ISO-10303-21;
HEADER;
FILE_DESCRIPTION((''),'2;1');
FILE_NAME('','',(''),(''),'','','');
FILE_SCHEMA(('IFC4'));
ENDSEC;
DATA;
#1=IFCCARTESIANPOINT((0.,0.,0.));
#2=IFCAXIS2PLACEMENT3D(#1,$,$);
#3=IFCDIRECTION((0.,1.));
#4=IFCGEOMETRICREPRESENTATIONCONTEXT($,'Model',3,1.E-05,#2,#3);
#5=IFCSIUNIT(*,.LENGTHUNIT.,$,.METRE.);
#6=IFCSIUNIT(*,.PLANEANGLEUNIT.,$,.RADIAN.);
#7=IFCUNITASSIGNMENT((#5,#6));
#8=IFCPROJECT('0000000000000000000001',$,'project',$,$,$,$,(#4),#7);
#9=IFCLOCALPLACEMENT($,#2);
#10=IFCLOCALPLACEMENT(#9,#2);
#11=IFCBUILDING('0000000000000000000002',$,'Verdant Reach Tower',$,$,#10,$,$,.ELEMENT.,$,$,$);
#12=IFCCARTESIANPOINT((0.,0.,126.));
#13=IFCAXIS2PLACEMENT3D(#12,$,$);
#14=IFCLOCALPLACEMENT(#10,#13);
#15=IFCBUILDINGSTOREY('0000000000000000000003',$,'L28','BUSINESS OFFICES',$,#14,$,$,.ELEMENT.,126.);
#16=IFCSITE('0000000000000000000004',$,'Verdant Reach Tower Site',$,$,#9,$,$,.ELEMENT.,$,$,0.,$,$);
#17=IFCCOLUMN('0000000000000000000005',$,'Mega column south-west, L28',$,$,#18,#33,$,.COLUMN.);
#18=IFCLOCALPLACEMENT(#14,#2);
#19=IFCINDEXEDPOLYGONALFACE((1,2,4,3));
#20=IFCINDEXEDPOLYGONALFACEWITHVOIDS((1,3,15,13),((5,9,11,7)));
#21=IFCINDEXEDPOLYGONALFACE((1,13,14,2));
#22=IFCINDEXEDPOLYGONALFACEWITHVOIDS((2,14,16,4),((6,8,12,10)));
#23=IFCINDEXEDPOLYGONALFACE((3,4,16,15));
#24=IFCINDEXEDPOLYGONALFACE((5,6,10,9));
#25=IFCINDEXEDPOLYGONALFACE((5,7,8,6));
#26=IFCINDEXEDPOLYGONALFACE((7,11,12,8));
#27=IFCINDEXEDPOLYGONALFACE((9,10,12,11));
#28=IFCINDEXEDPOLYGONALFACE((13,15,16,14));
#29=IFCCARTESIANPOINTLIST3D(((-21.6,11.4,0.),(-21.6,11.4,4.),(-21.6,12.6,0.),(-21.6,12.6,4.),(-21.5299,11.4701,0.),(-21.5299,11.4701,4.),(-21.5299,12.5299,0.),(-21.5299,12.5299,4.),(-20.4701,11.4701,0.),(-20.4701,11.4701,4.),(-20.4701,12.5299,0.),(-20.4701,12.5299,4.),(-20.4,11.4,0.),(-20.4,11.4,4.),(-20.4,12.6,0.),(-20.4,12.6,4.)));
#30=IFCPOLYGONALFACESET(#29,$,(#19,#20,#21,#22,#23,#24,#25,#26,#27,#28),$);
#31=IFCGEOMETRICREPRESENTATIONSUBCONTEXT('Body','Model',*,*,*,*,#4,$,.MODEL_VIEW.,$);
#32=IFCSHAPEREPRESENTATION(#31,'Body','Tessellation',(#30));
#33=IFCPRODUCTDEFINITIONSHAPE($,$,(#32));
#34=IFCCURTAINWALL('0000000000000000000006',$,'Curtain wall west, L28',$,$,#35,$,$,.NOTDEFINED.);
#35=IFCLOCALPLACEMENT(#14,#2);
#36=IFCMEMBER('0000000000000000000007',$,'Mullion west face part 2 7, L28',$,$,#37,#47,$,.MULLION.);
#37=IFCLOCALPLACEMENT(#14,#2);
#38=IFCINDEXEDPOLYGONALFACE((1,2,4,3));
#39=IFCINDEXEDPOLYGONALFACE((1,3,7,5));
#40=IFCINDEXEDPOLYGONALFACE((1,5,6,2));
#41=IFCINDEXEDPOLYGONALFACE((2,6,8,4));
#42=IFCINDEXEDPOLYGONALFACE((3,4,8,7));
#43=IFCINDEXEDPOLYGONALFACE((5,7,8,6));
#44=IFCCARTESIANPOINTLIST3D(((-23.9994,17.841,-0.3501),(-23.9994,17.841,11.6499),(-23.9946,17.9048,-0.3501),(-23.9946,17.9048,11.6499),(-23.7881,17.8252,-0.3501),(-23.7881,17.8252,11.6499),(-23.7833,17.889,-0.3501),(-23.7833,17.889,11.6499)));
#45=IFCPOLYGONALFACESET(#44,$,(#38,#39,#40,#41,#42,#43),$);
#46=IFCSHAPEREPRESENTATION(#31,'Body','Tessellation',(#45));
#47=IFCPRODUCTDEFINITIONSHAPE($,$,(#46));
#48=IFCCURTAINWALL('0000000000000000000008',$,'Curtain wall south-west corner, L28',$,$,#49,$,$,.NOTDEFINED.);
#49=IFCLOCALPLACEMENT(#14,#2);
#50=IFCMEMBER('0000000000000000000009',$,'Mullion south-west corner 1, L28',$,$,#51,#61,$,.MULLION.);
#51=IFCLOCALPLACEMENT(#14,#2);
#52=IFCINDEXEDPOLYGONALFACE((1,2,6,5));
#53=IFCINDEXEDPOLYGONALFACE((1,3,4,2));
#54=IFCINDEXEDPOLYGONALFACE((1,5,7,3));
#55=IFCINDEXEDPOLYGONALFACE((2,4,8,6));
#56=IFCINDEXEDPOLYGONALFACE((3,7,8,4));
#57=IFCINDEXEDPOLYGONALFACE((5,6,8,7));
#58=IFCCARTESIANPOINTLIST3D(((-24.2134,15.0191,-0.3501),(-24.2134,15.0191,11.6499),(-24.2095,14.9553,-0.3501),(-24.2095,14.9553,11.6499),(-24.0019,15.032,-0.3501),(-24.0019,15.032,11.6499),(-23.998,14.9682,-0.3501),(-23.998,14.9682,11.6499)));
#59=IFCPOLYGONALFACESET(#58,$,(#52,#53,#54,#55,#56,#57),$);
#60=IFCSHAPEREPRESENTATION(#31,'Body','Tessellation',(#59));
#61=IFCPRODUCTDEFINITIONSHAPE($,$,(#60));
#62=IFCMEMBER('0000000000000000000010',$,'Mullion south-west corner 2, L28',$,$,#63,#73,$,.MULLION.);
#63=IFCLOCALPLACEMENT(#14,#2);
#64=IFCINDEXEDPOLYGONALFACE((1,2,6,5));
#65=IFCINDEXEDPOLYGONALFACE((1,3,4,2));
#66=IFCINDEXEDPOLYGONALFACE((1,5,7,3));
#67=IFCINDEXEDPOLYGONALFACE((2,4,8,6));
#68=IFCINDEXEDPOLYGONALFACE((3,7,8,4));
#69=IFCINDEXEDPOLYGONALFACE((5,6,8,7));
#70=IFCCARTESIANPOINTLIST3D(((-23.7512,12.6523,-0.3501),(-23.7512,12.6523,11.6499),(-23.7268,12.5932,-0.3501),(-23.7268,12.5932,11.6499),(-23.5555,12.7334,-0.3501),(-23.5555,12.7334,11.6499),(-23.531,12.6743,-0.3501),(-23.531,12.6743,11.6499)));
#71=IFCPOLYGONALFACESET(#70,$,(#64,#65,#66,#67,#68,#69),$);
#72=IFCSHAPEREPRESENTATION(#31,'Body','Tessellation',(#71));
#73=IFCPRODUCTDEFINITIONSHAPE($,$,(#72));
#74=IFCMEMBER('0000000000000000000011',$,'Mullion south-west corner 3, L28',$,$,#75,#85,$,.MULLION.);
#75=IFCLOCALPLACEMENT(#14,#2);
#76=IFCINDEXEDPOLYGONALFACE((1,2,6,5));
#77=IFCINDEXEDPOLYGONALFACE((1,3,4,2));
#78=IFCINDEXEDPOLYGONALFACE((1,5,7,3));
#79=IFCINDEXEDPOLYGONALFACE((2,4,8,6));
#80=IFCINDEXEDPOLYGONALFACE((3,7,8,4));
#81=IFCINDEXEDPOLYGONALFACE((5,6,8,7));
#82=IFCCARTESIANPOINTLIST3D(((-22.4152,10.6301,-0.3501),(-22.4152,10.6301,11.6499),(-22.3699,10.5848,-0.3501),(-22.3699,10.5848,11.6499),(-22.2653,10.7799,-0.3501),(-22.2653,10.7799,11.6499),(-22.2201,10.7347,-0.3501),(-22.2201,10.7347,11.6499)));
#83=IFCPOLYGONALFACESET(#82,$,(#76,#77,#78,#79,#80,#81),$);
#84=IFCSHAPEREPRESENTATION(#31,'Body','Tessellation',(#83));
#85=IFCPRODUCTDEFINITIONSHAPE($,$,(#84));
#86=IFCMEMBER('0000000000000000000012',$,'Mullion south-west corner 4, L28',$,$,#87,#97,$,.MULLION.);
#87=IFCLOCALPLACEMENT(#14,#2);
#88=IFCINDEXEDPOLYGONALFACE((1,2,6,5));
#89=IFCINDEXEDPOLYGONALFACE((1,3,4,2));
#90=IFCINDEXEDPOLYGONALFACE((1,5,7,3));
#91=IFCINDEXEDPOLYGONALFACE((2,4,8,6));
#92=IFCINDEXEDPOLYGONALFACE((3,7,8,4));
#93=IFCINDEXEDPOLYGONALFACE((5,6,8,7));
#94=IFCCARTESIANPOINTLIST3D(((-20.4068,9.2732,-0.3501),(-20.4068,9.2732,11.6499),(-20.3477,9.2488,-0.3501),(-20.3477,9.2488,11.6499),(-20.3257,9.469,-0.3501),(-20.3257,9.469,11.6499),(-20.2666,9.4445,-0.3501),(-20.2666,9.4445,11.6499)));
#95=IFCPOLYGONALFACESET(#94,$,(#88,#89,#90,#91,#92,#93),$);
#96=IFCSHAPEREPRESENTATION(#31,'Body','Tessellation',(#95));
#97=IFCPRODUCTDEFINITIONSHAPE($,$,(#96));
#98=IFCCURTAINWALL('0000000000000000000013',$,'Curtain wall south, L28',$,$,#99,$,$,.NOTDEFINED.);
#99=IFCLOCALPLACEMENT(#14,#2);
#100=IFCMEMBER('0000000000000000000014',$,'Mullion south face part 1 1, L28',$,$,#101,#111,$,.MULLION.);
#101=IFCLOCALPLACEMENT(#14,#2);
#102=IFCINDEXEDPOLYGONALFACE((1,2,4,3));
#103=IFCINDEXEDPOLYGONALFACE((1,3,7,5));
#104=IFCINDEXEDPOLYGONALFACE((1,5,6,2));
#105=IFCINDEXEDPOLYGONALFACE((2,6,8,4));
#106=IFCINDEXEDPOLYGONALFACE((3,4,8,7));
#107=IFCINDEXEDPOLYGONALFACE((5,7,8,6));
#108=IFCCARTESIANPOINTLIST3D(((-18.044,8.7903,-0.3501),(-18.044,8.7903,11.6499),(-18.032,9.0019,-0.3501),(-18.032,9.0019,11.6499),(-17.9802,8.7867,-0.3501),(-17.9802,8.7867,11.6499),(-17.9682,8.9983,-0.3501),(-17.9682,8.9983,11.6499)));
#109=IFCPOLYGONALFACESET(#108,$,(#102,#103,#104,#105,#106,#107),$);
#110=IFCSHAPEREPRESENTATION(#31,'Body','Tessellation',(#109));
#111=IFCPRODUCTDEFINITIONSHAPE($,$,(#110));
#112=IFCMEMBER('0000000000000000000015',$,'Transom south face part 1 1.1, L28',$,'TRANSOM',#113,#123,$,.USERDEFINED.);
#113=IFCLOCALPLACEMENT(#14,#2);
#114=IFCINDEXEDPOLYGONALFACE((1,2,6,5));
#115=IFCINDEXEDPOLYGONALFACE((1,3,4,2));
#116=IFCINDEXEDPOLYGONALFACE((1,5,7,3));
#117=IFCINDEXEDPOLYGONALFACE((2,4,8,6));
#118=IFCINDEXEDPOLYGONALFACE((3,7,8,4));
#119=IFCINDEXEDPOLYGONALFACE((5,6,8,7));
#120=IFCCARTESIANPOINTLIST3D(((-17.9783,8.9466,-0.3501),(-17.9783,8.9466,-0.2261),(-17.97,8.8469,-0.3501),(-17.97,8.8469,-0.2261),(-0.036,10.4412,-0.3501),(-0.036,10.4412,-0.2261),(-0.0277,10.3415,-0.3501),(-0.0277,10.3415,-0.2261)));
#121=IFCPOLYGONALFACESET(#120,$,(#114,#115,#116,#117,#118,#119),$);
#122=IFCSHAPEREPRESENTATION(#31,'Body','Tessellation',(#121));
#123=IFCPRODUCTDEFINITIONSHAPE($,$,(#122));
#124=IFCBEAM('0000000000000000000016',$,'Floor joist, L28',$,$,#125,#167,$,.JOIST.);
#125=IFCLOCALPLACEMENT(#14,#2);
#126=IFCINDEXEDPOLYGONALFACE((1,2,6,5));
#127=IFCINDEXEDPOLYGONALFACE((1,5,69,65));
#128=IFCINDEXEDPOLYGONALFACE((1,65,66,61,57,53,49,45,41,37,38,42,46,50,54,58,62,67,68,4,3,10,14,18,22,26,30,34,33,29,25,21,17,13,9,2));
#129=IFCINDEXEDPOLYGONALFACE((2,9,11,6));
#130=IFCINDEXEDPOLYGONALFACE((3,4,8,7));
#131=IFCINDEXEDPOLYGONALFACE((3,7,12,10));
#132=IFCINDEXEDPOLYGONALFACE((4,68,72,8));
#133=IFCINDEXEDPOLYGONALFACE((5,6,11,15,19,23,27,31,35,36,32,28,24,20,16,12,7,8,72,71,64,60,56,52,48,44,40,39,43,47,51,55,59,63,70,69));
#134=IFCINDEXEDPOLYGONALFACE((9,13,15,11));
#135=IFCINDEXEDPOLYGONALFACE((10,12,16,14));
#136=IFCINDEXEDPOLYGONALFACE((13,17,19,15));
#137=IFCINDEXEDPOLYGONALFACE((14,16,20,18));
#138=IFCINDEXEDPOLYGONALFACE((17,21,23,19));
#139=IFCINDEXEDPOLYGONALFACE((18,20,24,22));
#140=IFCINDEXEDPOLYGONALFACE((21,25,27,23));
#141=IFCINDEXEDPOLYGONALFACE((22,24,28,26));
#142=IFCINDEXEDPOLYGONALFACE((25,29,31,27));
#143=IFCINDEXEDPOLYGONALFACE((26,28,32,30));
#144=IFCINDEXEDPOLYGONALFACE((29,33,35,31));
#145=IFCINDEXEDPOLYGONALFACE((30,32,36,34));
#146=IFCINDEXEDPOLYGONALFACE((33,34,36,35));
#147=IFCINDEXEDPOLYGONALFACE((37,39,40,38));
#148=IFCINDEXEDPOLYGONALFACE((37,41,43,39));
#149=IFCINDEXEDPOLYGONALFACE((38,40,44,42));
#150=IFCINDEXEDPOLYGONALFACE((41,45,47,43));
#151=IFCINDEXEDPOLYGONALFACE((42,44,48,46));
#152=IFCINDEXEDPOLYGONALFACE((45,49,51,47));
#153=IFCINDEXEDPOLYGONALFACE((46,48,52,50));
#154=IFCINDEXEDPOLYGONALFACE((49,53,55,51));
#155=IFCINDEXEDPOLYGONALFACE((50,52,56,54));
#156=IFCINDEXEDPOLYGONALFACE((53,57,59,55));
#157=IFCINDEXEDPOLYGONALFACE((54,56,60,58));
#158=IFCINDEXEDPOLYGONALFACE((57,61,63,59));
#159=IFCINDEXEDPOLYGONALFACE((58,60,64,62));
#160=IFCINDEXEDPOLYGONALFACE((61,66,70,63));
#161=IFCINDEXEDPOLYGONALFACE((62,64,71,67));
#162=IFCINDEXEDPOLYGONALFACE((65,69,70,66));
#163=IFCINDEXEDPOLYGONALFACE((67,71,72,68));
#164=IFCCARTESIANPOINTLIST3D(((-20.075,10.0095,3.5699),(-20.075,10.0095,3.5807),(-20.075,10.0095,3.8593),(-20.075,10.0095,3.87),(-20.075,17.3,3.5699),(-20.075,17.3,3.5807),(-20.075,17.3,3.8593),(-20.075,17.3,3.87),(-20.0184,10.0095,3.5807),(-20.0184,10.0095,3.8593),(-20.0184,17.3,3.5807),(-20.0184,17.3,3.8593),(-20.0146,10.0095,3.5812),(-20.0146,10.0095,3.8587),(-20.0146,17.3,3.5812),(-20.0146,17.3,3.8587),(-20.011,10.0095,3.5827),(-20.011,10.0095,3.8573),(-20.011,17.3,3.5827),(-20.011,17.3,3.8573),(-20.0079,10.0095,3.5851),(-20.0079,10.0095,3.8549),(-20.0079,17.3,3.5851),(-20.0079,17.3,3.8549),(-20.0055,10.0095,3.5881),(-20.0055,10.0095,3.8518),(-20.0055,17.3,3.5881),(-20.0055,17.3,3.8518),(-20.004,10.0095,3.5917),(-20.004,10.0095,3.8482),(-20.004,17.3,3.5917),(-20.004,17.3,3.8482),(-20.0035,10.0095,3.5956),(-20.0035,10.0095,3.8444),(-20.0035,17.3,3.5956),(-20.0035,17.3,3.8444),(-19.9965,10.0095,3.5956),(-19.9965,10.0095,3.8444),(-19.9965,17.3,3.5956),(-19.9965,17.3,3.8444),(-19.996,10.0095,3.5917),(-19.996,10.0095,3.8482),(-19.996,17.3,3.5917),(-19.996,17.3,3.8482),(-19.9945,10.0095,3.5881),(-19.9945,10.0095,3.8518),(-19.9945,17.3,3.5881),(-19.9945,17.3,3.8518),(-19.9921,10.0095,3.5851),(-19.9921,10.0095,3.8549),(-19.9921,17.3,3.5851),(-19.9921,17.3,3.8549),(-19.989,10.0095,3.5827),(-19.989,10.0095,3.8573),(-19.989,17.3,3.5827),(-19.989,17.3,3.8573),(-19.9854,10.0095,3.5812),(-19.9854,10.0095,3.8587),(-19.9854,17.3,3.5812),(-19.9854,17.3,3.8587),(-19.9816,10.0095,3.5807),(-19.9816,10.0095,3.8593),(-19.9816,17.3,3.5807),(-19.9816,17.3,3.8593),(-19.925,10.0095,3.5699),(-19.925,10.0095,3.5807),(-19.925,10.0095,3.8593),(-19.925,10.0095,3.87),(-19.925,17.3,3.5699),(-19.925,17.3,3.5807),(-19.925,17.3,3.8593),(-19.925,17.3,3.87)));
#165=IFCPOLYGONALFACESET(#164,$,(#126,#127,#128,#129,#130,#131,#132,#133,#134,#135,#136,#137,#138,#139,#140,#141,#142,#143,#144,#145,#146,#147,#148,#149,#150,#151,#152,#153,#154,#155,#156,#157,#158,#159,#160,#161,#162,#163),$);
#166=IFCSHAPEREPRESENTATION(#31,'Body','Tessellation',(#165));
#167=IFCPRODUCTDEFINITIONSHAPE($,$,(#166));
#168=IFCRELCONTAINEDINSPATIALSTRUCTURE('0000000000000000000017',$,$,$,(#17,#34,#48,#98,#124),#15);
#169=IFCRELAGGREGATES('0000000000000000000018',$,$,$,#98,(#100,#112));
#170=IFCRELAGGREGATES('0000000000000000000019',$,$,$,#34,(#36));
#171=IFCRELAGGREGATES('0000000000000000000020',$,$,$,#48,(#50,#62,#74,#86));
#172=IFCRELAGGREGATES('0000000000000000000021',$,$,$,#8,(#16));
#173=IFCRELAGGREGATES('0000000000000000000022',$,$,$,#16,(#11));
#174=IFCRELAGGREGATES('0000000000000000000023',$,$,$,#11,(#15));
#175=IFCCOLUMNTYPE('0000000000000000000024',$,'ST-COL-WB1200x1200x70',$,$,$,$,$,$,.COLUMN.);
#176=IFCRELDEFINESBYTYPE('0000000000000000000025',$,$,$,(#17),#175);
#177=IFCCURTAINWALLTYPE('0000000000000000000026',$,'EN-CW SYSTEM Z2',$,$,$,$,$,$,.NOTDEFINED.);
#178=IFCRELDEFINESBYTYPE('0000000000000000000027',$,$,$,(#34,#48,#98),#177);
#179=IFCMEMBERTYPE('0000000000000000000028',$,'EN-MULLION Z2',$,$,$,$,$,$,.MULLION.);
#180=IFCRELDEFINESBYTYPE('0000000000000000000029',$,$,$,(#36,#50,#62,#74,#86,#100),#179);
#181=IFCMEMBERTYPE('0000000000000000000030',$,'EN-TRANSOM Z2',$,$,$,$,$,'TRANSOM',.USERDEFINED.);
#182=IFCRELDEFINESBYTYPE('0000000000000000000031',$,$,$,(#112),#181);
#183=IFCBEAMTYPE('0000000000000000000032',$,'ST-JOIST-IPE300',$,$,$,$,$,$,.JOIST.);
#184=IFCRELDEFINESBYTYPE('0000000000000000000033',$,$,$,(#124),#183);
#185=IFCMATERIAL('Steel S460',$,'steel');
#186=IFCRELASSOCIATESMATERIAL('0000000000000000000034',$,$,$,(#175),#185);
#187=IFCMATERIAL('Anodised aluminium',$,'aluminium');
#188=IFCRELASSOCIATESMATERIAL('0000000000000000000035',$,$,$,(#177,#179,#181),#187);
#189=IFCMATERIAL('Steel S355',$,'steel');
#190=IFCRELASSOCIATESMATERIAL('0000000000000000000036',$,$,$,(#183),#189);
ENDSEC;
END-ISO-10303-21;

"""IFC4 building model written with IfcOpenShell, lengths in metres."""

from ifc_helpers import new_model, si_unit, direction, frame, origin, origin_2d, place, context, subcontext, project, spatial, rectangle, hollow_rectangle, i_section, extrude, material, material_profile, profile_set, type_object, element, aggregate, save


model = new_model("IFC4")

# Units and contexts
model_context = context("Model", 3, precision=1e-05, world=origin(), true_north=direction((0.0, 1.0)))
body_context = subcontext(model_context, "Body", "Model", "MODEL_VIEW")
ifc_project = project(units=[si_unit("LENGTHUNIT", "METRE"), si_unit("PLANEANGLEUNIT", "RADIAN")], contexts=[model_context])

# Site, building, storey
site_placement = place(None, origin())
site = spatial("IfcSite", under=ifc_project, at=site_placement, Name="Verdant Reach Tower Site", CompositionType="ELEMENT", RefElevation=0.0)
building_placement = place(site_placement, origin())
building = spatial("IfcBuilding", under=site, at=building_placement, Name="Verdant Reach Tower", CompositionType="ELEMENT")
storey_placement = place(building_placement, frame((0.0, 0.0, 126.0)))
storey = spatial("IfcBuildingStorey", under=building, at=storey_placement, Name="L28", Description="BUSINESS OFFICES", CompositionType="ELEMENT", Elevation=126.0)

# Column
ifc_material_1 = material(Name="Steel S460", Category="steel")
ifc_material_profile_1 = material_profile(ifc_material_1, hollow_rectangle(XDim=1.2, YDim=1.2, WallThickness=0.0701, at=origin_2d()), Name="WB 1200x1200x70")
ifc_profile_set_1 = profile_set([ifc_material_profile_1], Name="Steel S460")
column_type = type_object("IfcColumnType", Name="ST-COL-WB1200x1200x70", PredefinedType="COLUMN", material=ifc_profile_set_1)
column_placement = place(storey_placement, frame((-21.0, 12.0, 0.0), z_axis=(0.0, 0.0, 1.0), x_axis=(1.0, 0.0, 0.0)))
element("IfcColumn", 1, at=column_placement, inside=storey, type_object=column_type, Name="Mega column south-west, L28", PredefinedType="COLUMN", context=body_context, shape_type="SweptSolid", body=[
    extrude(hollow_rectangle(XDim=1.2, YDim=1.2, WallThickness=0.0701, at=origin_2d()), origin(), (0.0, 0.0, 1.0), 4.0),
])

# Curtain wall, member
ifc_material_2 = material(Name="Anodised aluminium", Category="aluminium")
curtain_wall_type = type_object("IfcCurtainWallType", Name="EN-CW SYSTEM Z2", PredefinedType="NOTDEFINED", material=ifc_material_2)
curtain_wall_1_placement = place(storey_placement, origin())
curtain_wall_1 = element("IfcCurtainWall", 2, at=curtain_wall_1_placement, inside=storey, type_object=curtain_wall_type, Name="Curtain wall west, L28", PredefinedType="NOTDEFINED")
ifc_material_profile_2 = material_profile(ifc_material_2, rectangle(XDim=0.2119, YDim=0.064, at=origin_2d()), Name="Mullion 64x212")
ifc_profile_set_2 = profile_set([ifc_material_profile_2], Name="Anodised aluminium")
member_type_1 = type_object("IfcMemberType", Name="EN-MULLION Z2", PredefinedType="MULLION", material=ifc_profile_set_2)
member_1_placement = place(storey_placement, frame((-23.8914, 17.865, -0.3501), z_axis=(0.0, 0.0, 1.0), x_axis=(-0.997199, 0.07479, 0.0)))
member_1 = element("IfcMember", 3, at=member_1_placement, type_object=member_type_1, Name="Mullion west face part 2 7, L28", PredefinedType="MULLION", context=body_context, shape_type="SweptSolid", body=[
    extrude(rectangle(XDim=0.2119, YDim=0.064, at=origin_2d()), origin(), (0.0, 0.0, 1.0), 12.0),
])

# Curtain walls, members
curtain_wall_2_placement = place(storey_placement, origin())
curtain_wall_2 = element("IfcCurtainWall", 4, at=curtain_wall_2_placement, inside=storey, type_object=curtain_wall_type, Name="Curtain wall south-west corner, L28", PredefinedType="NOTDEFINED")
member_2_placement = place(storey_placement, frame((-24.1057, 14.9937, -0.3501), z_axis=(0.0, 0.0, 1.0), x_axis=(-0.998156, -0.060703, 0.0)))
member_2 = element("IfcMember", 5, at=member_2_placement, type_object=member_type_1, Name="Mullion south-west corner 1, L28", PredefinedType="MULLION", context=body_context, shape_type="SweptSolid", body=[
    extrude(rectangle(XDim=0.2119, YDim=0.064, at=origin_2d()), origin(), (0.0, 0.0, 1.0), 12.0),
])
member_3_placement = place(storey_placement, frame((-23.6411, 12.6633, -0.3501), z_axis=(0.0, 0.0, 1.0), x_axis=(-0.923875, -0.382694, 0.0)))
member_3 = element("IfcMember", 6, at=member_3_placement, type_object=member_type_1, Name="Mullion south-west corner 2, L28", PredefinedType="MULLION", context=body_context, shape_type="SweptSolid", body=[
    extrude(rectangle(XDim=0.2119, YDim=0.064, at=origin_2d()), origin(), (0.0, 0.0, 1.0), 12.0),
])
member_4_placement = place(storey_placement, frame((-22.3176, 10.6824, -0.3501), z_axis=(0.0, 0.0, 1.0), x_axis=(-0.707107, -0.707107, 0.0)))
member_4 = element("IfcMember", 7, at=member_4_placement, type_object=member_type_1, Name="Mullion south-west corner 3, L28", PredefinedType="MULLION", context=body_context, shape_type="SweptSolid", body=[
    extrude(rectangle(XDim=0.2119, YDim=0.064, at=origin_2d()), origin(), (0.0, 0.0, 1.0), 12.0),
])
member_5_placement = place(storey_placement, frame((-20.3367, 9.3589, -0.3501), z_axis=(0.0, 0.0, 1.0), x_axis=(-0.382694, -0.923875, 0.0)))
member_5 = element("IfcMember", 8, at=member_5_placement, type_object=member_type_1, Name="Mullion south-west corner 4, L28", PredefinedType="MULLION", context=body_context, shape_type="SweptSolid", body=[
    extrude(rectangle(XDim=0.2119, YDim=0.064, at=origin_2d()), origin(), (0.0, 0.0, 1.0), 12.0),
])
curtain_wall_3_placement = place(storey_placement, origin())
curtain_wall_3 = element("IfcCurtainWall", 9, at=curtain_wall_3_placement, inside=storey, type_object=curtain_wall_type, Name="Curtain wall south, L28", PredefinedType="NOTDEFINED")
member_6_placement = place(storey_placement, frame((-18.0061, 8.8943, -0.3501), z_axis=(0.0, 0.0, 1.0), x_axis=(-0.056569, -0.998399, 0.0)))
member_6 = element("IfcMember", 10, at=member_6_placement, type_object=member_type_1, Name="Mullion south face part 1 1, L28", PredefinedType="MULLION", context=body_context, shape_type="SweptSolid", body=[
    extrude(rectangle(XDim=0.2119, YDim=0.064, at=origin_2d()), origin(), (0.0, 0.0, 1.0), 12.0),
])
ifc_material_profile_3 = material_profile(ifc_material_2, rectangle(XDim=0.1001, YDim=0.124, at=origin_2d()), Name="Transom 124x100")
ifc_profile_set_3 = profile_set([ifc_material_profile_3], Name="Anodised aluminium")
member_type_2 = type_object("IfcMemberType", Name="EN-TRANSOM Z2", ElementType="TRANSOM", PredefinedType="USERDEFINED", material=ifc_profile_set_3)
member_7_placement = place(storey_placement, frame((-17.9741, 8.8967, -0.2881), z_axis=(0.996548, 0.083015, 0.0), x_axis=(-0.083015, 0.996548, 0.0)))
member_7 = element("IfcMember", 11, at=member_7_placement, type_object=member_type_2, Name="Transom south face part 1 1.1, L28", ObjectType="TRANSOM", PredefinedType="USERDEFINED", context=body_context, shape_type="SweptSolid", body=[
    extrude(rectangle(XDim=0.1001, YDim=0.124, at=origin_2d()), origin(), (0.0, 0.0, 1.0), 18.0044),
])

# Beam
ifc_material_3 = material(Name="Steel S355", Category="steel")
ifc_material_profile_4 = material_profile(ifc_material_3, i_section(OverallWidth=0.1499, OverallDepth=0.3, WebThickness=0.0071, FlangeThickness=0.0107, FilletRadius=0.0149, at=origin_2d()), Name="IPE 300")
ifc_profile_set_4 = profile_set([ifc_material_profile_4], Name="Steel S355")
beam_type_1 = type_object("IfcBeamType", Name="ST-JOIST-IPE300", PredefinedType="JOIST", material=ifc_profile_set_4)
beam_1_placement = place(storey_placement, frame((-20.0, 17.3, 3.72), z_axis=(0.0, -1.0, 0.0), x_axis=(1.0, 0.0, 0.0)))
element("IfcBeam", 12, at=beam_1_placement, inside=storey, type_object=beam_type_1, Name="Floor joist, L28", PredefinedType="JOIST", context=body_context, shape_type="SweptSolid", body=[
    extrude(i_section(OverallWidth=0.1499, OverallDepth=0.3, WebThickness=0.0071, FlangeThickness=0.0107, FilletRadius=0.0149, at=origin_2d()), origin(), (0.0, 0.0, 1.0), 7.2905),
])

aggregate(curtain_wall_3, [member_6, member_7])
aggregate(curtain_wall_1, [member_1])
aggregate(curtain_wall_2, [member_2, member_3, member_4, member_5])

save(model, "model.ifc")
